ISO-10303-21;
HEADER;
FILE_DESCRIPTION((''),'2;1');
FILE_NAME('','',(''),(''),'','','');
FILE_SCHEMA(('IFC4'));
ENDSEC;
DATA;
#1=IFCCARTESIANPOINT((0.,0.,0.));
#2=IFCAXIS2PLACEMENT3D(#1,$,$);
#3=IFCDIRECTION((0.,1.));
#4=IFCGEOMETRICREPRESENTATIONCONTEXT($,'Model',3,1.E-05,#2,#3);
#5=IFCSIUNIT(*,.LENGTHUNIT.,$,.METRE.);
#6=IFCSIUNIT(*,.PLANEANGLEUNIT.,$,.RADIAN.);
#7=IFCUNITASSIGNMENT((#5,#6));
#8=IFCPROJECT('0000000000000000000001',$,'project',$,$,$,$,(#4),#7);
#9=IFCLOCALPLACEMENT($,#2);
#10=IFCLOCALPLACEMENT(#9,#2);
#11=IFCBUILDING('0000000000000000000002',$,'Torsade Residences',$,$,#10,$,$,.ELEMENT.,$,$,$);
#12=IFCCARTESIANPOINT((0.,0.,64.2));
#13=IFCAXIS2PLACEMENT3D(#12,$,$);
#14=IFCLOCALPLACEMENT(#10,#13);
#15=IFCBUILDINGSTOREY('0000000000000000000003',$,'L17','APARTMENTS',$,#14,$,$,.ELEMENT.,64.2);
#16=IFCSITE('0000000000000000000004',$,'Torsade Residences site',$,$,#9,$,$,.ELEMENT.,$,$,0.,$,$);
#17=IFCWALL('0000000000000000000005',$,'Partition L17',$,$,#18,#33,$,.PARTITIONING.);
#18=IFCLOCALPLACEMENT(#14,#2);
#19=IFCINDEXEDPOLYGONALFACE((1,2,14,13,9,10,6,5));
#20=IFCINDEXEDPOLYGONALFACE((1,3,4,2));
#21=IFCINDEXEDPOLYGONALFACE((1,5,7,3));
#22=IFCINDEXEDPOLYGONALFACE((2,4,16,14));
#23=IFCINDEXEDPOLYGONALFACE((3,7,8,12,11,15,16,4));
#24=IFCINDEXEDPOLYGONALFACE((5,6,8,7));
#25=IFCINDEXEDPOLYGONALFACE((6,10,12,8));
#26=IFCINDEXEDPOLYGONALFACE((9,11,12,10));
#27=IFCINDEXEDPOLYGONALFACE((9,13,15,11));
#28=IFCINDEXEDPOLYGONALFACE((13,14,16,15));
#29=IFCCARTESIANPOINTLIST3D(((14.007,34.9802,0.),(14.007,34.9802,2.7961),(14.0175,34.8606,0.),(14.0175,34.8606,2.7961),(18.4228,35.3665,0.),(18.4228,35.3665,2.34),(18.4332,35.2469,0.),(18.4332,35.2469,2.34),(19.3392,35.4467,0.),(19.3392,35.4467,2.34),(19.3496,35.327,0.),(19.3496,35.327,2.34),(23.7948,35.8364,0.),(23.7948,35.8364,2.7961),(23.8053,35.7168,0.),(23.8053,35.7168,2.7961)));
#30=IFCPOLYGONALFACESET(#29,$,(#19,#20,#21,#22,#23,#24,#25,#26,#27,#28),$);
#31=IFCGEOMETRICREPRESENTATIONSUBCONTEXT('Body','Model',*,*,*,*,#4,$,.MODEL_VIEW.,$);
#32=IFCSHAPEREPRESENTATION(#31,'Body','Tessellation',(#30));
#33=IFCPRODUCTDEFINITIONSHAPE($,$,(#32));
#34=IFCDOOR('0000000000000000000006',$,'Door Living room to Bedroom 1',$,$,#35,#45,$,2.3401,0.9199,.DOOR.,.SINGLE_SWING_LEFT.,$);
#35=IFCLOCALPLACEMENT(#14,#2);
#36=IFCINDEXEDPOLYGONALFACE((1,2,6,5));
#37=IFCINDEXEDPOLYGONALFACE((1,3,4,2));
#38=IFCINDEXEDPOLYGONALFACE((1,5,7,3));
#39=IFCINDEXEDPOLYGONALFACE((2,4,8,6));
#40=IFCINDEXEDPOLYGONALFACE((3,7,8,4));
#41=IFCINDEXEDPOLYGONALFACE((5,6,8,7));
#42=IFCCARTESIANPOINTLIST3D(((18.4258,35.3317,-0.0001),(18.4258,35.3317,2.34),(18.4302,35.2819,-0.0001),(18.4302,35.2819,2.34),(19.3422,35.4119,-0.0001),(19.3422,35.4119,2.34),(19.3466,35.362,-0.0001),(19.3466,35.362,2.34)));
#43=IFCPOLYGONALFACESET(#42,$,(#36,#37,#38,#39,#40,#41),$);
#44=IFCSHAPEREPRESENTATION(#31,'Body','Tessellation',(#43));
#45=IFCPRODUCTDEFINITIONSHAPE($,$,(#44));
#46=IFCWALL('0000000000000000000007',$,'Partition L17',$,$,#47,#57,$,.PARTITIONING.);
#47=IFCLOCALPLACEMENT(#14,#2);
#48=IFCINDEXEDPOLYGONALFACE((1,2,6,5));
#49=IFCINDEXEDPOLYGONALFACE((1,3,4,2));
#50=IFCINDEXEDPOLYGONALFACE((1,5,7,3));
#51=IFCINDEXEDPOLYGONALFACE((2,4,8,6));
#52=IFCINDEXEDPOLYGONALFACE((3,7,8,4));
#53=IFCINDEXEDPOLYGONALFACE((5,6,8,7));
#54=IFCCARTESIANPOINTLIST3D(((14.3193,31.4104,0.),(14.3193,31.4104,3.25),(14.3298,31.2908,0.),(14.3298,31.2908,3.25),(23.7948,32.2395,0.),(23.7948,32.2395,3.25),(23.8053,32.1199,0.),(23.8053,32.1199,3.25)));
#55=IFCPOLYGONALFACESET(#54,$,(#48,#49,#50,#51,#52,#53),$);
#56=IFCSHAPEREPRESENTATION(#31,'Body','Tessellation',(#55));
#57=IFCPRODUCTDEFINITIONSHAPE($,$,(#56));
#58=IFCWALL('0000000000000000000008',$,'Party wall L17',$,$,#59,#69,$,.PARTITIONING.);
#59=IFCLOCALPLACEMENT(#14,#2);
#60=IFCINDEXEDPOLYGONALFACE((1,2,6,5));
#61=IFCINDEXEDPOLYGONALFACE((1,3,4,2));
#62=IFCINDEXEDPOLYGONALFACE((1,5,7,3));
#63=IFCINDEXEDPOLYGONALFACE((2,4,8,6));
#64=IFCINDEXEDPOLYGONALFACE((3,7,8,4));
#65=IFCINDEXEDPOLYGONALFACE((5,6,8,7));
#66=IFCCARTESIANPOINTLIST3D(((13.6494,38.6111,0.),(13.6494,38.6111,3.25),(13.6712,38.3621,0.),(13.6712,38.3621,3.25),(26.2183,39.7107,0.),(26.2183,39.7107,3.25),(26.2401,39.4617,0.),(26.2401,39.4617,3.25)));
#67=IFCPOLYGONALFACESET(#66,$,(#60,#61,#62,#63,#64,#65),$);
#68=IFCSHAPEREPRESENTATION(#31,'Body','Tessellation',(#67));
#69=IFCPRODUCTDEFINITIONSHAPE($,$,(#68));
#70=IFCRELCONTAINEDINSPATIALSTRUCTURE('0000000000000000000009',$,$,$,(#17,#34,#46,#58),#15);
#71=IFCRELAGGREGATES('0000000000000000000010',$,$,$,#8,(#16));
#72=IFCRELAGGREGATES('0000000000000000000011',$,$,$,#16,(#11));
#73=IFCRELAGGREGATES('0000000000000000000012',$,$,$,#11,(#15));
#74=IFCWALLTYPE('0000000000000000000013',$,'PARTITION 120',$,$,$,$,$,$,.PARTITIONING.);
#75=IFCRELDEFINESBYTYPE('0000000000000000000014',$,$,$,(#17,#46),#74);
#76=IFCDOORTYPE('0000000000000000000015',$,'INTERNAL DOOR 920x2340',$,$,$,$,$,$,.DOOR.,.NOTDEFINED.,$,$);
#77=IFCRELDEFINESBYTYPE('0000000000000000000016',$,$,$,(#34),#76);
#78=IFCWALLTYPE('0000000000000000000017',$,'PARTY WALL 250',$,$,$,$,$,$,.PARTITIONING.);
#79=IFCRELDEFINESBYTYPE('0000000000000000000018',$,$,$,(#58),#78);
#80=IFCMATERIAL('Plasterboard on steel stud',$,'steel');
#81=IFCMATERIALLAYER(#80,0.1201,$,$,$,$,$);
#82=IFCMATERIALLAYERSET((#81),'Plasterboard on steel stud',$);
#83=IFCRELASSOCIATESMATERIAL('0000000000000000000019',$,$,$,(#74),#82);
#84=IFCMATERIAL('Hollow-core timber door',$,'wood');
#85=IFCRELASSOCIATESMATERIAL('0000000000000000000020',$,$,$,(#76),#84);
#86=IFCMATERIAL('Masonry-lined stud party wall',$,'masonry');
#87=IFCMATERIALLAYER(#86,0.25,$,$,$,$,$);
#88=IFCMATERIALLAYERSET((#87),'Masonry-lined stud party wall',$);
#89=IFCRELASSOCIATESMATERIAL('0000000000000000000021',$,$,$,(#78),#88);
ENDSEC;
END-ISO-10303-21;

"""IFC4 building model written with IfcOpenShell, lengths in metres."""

from ifc_helpers import new_model, si_unit, direction, frame, frame_2d, origin, place, context, subcontext, project, spatial, rectangle, extrude, material, layer, layer_set, type_object, element, fill, save


model = new_model("IFC4")

# Units and contexts
model_context = context("Model", 3, precision=1e-05, world=origin(), true_north=direction((0.0, 1.0)))
body_context = subcontext(model_context, "Body", "Model", "MODEL_VIEW")
ifc_project = project(units=[si_unit("LENGTHUNIT", "METRE"), si_unit("PLANEANGLEUNIT", "RADIAN")], contexts=[model_context])

# Site, building, storey
site_placement = place(None, origin())
site = spatial("IfcSite", under=ifc_project, at=site_placement, Name="Torsade Residences site", CompositionType="ELEMENT", RefElevation=0.0)
building_placement = place(site_placement, origin())
building = spatial("IfcBuilding", under=site, at=building_placement, Name="Torsade Residences", CompositionType="ELEMENT")
storey_placement = place(building_placement, frame((0.0, 0.0, 64.2)))
storey = spatial("IfcBuildingStorey", under=building, at=storey_placement, Name="L17", Description="APARTMENTS", CompositionType="ELEMENT", Elevation=64.2)

# Wall, opening, door
ifc_material_1 = material(Name="Plasterboard on steel stud", Category="steel")
ifc_layer_1 = layer(ifc_material_1, 0.1201)
ifc_layer_set_1 = layer_set([ifc_layer_1], Name="Plasterboard on steel stud")
wall_type_1 = type_object("IfcWallType", Name="PARTITION 120", PredefinedType="PARTITIONING", material=ifc_layer_set_1)
wall_1_placement = place(storey_placement, frame((23.8, 35.7766, 0.0), z_axis=(0.0, 0.0, 1.0), x_axis=(-0.996196, -0.087143, 0.0)))
wall_1 = element("IfcWall", 1, at=wall_1_placement, inside=storey, type_object=wall_type_1, Name="Partition L17", PredefinedType="PARTITIONING", context=body_context, shape_type="SweptSolid", body=[
    extrude(rectangle(XDim=9.8252, YDim=0.1201, at=frame_2d((4.9126, 0.0))), origin(), (0.0, 0.0, 1.0), 2.7961),
])
opening_1_placement = place(wall_1_placement, frame((4.4727, 0.0, 0.0)))
opening_1 = element("IfcOpeningElement", 2, at=opening_1_placement, cuts=wall_1, PredefinedType="OPENING", context=body_context, shape_type="SweptSolid", body=[
    extrude(rectangle(XDim=0.9199, YDim=2.3401, at=frame_2d((0.46, 1.1699))), frame((0.0, 0.0701, 0.0), z_axis=(0.0, -1.0, 0.0), x_axis=(1.0, 0.0, 0.0)), (0.0, 0.0, 1.0), 0.1401),
])
ifc_material_2 = material(Name="Hollow-core timber door", Category="wood")
door_type_1 = type_object("IfcDoorType", Name="INTERNAL DOOR 920x2340", OperationType="NOTDEFINED", PredefinedType="DOOR", material=ifc_material_2)
door_1_placement = place(opening_1_placement, origin())
door_1 = element("IfcDoor", 3, at=door_1_placement, inside=storey, type_object=door_type_1, Name="Door Living room to Bedroom 1", OperationType="SINGLE_SWING_LEFT", OverallHeight=2.3401, OverallWidth=0.9199, PredefinedType="DOOR", context=body_context, shape_type="SweptSolid", body=[
    extrude(rectangle(XDim=0.9199, YDim=2.3401, at=frame_2d((0.46, 1.1699))), frame((0.0, 0.0249, 0.0), z_axis=(0.0, -1.0, 0.0), x_axis=(1.0, 0.0, 0.0)), (0.0, 0.0, 1.0), 0.05),
])
fill(opening_1, door_1)

# Walls
wall_2_placement = place(storey_placement, frame((23.8, 32.1797, 0.0), z_axis=(0.0, 0.0, 1.0), x_axis=(-0.996194, -0.087166, 0.0)))
element("IfcWall", 4, at=wall_2_placement, inside=storey, type_object=wall_type_1, Name="Partition L17", PredefinedType="PARTITIONING", context=body_context, shape_type="SweptSolid", body=[
    extrude(rectangle(XDim=9.5117, YDim=0.1201, at=frame_2d((4.7559, 0.0))), origin(), (0.0, 0.0, 1.0), 3.25),
])
ifc_material_3 = material(Name="Masonry-lined stud party wall", Category="masonry")
ifc_layer_2 = layer(ifc_material_3, 0.25)
ifc_layer_set_2 = layer_set([ifc_layer_2], Name="Masonry-lined stud party wall")
wall_type_2 = type_object("IfcWallType", Name="PARTY WALL 250", PredefinedType="PARTITIONING", material=ifc_layer_set_2)
wall_3_placement = place(storey_placement, frame((13.6602, 38.4866, 0.0), z_axis=(0.0, 0.0, 1.0), x_axis=(0.996195, 0.087154, 0.0)))
element("IfcWall", 5, at=wall_3_placement, inside=storey, type_object=wall_type_2, Name="Party wall L17", PredefinedType="PARTITIONING", context=body_context, shape_type="SweptSolid", body=[
    extrude(rectangle(XDim=12.6169, YDim=0.25, at=frame_2d((6.3086, 0.0))), origin(), (0.0, 0.0, 1.0), 3.25),
])

save(model, "model.ifc")
